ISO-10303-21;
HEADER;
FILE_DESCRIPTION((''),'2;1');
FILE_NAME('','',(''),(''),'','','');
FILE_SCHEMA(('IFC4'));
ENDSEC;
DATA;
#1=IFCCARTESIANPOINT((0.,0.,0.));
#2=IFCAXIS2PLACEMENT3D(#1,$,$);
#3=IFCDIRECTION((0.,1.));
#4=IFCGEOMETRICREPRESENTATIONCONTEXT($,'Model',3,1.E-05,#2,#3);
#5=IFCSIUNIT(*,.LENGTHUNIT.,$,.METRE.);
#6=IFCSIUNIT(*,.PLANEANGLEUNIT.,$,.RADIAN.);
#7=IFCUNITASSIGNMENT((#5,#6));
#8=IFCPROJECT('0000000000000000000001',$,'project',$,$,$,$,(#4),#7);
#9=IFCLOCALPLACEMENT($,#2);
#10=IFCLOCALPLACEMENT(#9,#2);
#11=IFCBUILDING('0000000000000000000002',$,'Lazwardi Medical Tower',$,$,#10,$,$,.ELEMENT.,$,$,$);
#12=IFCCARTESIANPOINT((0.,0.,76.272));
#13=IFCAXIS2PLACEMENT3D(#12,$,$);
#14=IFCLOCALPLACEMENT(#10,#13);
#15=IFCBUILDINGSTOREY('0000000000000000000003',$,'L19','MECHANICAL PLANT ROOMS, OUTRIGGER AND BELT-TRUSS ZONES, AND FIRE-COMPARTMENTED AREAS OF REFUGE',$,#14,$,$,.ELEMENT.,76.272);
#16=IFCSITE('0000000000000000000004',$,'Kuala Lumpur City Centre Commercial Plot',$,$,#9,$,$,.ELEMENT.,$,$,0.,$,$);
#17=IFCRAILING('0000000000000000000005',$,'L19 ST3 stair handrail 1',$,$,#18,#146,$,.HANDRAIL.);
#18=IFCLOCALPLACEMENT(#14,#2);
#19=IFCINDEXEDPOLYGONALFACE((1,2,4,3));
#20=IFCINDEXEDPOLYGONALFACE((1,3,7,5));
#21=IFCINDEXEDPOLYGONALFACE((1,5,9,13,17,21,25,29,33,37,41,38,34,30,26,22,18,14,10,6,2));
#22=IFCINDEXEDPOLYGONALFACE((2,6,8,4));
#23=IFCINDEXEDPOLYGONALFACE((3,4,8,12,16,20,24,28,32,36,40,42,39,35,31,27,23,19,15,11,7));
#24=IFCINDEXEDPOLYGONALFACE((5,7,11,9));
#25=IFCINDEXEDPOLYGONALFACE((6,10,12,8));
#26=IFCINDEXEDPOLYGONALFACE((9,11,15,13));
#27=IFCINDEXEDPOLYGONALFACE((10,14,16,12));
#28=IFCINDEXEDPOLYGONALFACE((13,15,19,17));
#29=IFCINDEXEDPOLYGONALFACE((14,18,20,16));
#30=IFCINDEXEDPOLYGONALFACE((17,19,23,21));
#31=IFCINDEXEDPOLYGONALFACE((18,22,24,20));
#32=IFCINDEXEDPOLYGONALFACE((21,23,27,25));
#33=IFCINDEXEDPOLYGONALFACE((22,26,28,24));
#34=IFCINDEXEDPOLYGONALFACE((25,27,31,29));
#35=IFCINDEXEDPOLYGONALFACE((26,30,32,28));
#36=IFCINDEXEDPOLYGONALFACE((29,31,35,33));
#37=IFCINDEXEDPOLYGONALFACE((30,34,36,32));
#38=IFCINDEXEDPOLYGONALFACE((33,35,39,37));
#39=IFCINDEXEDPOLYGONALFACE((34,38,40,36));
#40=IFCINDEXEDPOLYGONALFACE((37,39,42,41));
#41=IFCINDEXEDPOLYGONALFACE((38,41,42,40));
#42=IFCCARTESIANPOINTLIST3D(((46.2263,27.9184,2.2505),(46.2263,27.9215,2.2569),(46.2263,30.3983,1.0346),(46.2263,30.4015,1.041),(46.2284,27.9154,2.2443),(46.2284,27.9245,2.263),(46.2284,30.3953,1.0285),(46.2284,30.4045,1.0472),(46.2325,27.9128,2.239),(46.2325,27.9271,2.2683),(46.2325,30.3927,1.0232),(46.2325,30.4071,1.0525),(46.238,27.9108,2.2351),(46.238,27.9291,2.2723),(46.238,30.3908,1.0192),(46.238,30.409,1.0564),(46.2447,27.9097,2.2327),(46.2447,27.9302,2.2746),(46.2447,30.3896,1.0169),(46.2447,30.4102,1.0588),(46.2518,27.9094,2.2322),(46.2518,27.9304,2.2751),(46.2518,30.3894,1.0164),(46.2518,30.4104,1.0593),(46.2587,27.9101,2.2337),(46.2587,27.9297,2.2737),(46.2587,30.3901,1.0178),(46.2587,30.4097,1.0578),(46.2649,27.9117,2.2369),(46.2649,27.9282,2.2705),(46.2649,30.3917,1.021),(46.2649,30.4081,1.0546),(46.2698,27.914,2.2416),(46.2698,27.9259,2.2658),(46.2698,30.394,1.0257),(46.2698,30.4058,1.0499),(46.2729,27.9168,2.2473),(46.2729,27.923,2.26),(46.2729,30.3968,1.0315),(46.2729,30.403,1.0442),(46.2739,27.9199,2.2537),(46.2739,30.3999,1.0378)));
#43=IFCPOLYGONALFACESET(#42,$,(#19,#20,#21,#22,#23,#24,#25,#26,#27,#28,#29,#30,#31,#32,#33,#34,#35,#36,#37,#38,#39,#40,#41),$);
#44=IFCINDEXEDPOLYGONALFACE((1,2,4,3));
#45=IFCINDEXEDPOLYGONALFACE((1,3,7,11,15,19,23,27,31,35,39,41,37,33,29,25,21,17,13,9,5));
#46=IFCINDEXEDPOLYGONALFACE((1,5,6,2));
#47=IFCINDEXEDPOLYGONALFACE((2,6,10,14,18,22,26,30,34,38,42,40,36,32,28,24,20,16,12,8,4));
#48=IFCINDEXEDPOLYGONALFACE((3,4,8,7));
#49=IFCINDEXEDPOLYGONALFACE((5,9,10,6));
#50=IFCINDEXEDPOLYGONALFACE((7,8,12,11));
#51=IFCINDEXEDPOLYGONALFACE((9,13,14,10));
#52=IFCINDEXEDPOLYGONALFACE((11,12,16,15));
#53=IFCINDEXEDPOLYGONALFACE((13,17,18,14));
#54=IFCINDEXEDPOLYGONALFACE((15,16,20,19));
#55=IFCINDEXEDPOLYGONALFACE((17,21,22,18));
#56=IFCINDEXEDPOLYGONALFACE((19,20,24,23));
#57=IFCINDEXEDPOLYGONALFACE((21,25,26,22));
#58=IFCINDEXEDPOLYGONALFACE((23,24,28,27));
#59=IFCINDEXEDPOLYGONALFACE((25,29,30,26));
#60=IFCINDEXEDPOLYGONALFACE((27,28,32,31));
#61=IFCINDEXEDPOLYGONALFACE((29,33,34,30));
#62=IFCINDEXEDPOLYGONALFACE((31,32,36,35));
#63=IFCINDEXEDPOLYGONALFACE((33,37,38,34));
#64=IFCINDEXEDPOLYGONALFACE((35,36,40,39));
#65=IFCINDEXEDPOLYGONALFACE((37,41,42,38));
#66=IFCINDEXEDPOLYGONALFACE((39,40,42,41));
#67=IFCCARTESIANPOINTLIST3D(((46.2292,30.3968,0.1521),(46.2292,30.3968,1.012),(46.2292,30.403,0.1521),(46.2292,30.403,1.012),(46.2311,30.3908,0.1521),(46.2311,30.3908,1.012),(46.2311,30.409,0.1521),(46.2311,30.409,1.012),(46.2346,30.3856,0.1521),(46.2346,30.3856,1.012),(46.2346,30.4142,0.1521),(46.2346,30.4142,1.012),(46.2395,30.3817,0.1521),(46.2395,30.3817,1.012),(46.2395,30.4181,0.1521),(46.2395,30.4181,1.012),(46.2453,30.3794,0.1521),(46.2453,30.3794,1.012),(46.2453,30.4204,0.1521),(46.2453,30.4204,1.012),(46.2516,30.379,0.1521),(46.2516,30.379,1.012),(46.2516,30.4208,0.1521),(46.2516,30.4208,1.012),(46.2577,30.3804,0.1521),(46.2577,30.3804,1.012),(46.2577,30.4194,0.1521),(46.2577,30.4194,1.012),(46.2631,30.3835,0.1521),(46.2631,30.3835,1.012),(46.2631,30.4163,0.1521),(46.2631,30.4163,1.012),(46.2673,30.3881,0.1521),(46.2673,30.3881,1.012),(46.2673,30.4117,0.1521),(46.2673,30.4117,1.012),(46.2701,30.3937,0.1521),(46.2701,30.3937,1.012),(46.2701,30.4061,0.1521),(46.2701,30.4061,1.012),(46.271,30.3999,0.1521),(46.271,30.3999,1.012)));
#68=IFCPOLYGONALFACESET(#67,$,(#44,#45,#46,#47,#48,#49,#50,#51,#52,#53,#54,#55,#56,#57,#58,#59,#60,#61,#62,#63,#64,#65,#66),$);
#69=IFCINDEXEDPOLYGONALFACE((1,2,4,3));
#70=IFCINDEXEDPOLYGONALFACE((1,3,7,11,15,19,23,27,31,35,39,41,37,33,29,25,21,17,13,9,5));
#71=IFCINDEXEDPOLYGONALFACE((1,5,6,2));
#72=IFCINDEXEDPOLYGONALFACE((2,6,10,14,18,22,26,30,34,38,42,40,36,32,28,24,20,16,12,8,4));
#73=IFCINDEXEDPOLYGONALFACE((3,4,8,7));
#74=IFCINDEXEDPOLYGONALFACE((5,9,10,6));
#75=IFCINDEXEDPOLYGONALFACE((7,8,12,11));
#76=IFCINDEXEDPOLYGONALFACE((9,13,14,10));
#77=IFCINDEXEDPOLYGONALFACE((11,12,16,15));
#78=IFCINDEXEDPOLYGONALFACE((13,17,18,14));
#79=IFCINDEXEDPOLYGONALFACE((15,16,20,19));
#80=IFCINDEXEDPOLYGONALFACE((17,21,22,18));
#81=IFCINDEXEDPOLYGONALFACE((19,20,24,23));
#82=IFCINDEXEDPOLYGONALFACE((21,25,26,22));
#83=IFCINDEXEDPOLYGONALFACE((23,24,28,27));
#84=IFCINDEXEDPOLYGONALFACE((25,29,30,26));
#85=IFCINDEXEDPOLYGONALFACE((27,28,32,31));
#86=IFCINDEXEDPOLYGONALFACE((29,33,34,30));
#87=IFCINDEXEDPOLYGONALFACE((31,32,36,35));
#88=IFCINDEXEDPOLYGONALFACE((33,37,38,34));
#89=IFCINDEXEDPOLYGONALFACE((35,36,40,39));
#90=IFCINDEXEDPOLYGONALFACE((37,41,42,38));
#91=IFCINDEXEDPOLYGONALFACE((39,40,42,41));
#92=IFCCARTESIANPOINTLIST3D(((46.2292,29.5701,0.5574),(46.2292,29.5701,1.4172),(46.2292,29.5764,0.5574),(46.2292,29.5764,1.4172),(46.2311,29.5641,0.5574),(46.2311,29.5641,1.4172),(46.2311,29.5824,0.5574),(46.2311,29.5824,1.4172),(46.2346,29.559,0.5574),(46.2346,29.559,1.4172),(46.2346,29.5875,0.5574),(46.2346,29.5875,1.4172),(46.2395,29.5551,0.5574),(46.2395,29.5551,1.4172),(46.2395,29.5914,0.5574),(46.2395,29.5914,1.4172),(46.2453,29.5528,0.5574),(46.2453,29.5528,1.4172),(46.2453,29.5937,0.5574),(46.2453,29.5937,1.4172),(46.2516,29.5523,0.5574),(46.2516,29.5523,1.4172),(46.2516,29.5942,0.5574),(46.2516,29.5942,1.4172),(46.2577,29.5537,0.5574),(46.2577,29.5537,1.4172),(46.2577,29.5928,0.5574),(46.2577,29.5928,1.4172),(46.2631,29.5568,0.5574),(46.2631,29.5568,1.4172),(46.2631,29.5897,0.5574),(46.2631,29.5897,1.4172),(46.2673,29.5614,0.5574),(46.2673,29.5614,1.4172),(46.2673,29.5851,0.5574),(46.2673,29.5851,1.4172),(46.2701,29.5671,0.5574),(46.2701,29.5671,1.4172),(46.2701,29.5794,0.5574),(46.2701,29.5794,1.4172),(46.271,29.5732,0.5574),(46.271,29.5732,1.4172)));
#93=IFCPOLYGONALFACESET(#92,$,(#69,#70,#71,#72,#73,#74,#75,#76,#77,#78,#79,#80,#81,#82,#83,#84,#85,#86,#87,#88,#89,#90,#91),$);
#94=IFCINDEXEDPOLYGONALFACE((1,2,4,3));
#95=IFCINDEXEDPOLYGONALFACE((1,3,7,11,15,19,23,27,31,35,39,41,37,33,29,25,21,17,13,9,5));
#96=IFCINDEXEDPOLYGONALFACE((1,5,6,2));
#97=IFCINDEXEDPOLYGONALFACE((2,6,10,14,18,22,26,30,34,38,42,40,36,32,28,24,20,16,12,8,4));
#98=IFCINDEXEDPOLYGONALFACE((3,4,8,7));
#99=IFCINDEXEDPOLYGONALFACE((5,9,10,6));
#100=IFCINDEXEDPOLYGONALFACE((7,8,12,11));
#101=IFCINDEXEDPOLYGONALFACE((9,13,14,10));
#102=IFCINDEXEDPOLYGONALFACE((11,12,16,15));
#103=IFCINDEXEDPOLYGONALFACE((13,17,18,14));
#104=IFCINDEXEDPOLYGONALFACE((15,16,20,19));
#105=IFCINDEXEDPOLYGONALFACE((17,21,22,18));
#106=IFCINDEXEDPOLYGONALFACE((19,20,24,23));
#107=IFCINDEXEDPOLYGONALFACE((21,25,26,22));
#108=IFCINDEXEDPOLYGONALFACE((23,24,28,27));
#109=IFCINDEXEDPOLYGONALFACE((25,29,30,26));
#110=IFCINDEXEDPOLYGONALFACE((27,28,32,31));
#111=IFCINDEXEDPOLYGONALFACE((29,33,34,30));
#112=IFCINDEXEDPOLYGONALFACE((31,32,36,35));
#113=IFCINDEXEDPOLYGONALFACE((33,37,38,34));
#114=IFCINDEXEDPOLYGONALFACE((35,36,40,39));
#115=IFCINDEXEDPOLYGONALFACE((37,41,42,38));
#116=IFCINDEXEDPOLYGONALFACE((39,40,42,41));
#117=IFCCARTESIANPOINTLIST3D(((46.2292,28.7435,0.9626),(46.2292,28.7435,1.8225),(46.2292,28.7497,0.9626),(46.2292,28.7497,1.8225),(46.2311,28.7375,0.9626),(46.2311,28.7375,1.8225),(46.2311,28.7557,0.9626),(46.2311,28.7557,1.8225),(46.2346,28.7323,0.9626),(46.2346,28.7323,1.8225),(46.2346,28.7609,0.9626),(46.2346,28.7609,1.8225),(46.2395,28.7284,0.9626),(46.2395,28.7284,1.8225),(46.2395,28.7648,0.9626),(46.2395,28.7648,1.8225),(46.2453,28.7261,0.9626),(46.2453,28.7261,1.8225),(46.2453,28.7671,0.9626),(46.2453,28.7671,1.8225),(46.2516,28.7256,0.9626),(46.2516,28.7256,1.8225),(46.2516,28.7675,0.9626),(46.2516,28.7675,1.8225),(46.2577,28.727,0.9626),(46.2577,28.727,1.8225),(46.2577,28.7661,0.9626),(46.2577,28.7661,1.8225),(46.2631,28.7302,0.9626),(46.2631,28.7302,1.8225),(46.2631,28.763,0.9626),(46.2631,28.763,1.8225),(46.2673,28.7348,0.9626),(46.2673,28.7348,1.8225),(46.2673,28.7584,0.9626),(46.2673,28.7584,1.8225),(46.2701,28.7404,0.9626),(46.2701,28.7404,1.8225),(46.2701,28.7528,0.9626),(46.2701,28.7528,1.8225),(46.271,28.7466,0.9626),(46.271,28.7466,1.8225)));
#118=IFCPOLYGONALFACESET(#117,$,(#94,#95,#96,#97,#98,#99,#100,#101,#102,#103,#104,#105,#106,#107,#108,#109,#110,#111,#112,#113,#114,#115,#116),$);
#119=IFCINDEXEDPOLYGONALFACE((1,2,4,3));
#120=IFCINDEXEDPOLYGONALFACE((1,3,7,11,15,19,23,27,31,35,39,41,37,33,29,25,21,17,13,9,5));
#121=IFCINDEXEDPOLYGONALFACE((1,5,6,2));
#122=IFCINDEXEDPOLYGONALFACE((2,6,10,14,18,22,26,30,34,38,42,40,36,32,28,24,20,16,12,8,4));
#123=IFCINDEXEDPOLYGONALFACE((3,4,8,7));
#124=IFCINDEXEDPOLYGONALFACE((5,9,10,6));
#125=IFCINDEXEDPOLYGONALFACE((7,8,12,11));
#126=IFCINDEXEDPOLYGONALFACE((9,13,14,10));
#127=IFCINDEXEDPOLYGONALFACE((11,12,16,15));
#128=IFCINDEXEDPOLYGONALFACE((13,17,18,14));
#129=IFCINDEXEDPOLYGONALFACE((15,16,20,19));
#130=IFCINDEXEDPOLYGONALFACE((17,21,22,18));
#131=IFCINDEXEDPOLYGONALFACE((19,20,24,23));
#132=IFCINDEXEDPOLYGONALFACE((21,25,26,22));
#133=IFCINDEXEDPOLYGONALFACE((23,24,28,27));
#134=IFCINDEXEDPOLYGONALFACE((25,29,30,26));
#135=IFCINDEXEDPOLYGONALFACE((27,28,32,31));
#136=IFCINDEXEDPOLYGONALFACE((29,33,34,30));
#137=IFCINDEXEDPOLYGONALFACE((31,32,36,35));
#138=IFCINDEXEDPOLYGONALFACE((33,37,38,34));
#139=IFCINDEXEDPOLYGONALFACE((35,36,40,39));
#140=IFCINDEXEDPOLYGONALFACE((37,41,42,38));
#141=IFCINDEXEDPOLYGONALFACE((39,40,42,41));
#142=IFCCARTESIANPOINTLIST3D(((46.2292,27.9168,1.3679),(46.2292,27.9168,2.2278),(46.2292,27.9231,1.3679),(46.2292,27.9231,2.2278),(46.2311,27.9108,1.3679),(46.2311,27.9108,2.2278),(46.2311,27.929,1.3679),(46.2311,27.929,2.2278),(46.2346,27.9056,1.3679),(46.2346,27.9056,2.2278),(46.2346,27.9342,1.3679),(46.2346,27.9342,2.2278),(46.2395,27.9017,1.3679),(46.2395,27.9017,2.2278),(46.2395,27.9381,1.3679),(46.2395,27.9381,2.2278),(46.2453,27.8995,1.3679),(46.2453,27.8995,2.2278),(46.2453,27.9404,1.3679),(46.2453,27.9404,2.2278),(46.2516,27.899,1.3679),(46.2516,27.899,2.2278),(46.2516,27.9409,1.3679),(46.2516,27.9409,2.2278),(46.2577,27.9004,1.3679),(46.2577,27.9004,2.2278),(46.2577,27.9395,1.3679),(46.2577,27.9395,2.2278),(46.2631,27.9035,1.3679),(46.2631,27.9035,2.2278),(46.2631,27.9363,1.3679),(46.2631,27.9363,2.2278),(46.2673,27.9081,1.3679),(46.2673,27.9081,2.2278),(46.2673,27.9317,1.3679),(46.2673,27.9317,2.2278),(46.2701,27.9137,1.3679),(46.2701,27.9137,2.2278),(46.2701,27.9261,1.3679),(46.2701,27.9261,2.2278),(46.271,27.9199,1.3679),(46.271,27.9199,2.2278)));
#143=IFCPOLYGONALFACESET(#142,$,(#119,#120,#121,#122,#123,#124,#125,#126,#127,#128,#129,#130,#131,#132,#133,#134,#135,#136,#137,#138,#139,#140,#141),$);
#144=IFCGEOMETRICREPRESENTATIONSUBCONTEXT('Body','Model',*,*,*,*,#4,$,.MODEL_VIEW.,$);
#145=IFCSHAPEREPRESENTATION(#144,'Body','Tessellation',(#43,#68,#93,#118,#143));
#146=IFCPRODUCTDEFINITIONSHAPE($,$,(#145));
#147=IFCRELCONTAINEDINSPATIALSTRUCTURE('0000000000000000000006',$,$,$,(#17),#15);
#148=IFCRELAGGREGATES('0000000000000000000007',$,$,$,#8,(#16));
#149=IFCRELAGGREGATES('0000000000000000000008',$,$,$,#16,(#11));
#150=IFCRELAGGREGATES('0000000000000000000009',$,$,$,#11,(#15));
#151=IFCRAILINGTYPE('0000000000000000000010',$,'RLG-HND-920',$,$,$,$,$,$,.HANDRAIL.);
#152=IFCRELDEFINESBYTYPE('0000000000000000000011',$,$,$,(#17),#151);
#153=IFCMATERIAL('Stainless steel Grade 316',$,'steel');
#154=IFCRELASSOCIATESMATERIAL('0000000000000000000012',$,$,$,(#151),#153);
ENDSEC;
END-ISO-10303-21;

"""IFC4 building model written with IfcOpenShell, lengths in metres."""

from ifc_helpers import new_model, si_unit, direction, frame, origin, origin_2d, place, context, subcontext, project, spatial, circle, extrude, material, type_object, element, save


model = new_model("IFC4")

# Units and contexts
model_context = context("Model", 3, precision=1e-05, world=origin(), true_north=direction((0.0, 1.0)))
body_context = subcontext(model_context, "Body", "Model", "MODEL_VIEW")
ifc_project = project(units=[si_unit("LENGTHUNIT", "METRE"), si_unit("PLANEANGLEUNIT", "RADIAN")], contexts=[model_context])

# Site, building, storey
site_placement = place(None, origin())
site = spatial("IfcSite", under=ifc_project, at=site_placement, Name="Kuala Lumpur City Centre Commercial Plot", CompositionType="ELEMENT", RefElevation=0.0)
building_placement = place(site_placement, origin())
building = spatial("IfcBuilding", under=site, at=building_placement, Name="Lazwardi Medical Tower", CompositionType="ELEMENT")
storey_placement = place(building_placement, frame((0.0, 0.0, 76.272)))
storey = spatial("IfcBuildingStorey", under=building, at=storey_placement, Name="L19", Description="MECHANICAL PLANT ROOMS, OUTRIGGER AND BELT-TRUSS ZONES, AND FIRE-COMPARTMENTED AREAS OF REFUGE", CompositionType="ELEMENT", Elevation=76.272)

# Railing
ifc_material_1 = material(Name="Stainless steel Grade 316", Category="steel")
railing_type_1 = type_object("IfcRailingType", Name="RLG-HND-920", PredefinedType="HANDRAIL", material=ifc_material_1)
railing_1_placement = place(storey_placement, frame((46.25, 30.3999, 0.1521)))
element("IfcRailing", 1, at=railing_1_placement, inside=storey, type_object=railing_type_1, Name="L19 ST3 stair handrail 1", PredefinedType="HANDRAIL", context=body_context, shape_type="SweptSolid", body=[
    extrude(circle(Radius=0.0239, at=origin_2d()), frame((0.0, 0.0, 0.8857), z_axis=(0.0, -0.8979, 0.440199), x_axis=(1.0, 0.0, 0.0)), (0.0, 0.0, 1.0), 2.762),
    extrude(circle(Radius=0.021, at=origin_2d()), origin(), (0.0, 0.0, 1.0), 0.8599),
    extrude(circle(Radius=0.021, at=origin_2d()), frame((0.0, -0.8267, 0.4053)), (0.0, 0.0, 1.0), 0.8599),
    extrude(circle(Radius=0.021, at=origin_2d()), frame((0.0, -1.6533, 0.8105)), (0.0, 0.0, 1.0), 0.8599),
    extrude(circle(Radius=0.021, at=origin_2d()), frame((0.0, -2.48, 1.2158)), (0.0, 0.0, 1.0), 0.8599),
])

save(model, "model.ifc")
